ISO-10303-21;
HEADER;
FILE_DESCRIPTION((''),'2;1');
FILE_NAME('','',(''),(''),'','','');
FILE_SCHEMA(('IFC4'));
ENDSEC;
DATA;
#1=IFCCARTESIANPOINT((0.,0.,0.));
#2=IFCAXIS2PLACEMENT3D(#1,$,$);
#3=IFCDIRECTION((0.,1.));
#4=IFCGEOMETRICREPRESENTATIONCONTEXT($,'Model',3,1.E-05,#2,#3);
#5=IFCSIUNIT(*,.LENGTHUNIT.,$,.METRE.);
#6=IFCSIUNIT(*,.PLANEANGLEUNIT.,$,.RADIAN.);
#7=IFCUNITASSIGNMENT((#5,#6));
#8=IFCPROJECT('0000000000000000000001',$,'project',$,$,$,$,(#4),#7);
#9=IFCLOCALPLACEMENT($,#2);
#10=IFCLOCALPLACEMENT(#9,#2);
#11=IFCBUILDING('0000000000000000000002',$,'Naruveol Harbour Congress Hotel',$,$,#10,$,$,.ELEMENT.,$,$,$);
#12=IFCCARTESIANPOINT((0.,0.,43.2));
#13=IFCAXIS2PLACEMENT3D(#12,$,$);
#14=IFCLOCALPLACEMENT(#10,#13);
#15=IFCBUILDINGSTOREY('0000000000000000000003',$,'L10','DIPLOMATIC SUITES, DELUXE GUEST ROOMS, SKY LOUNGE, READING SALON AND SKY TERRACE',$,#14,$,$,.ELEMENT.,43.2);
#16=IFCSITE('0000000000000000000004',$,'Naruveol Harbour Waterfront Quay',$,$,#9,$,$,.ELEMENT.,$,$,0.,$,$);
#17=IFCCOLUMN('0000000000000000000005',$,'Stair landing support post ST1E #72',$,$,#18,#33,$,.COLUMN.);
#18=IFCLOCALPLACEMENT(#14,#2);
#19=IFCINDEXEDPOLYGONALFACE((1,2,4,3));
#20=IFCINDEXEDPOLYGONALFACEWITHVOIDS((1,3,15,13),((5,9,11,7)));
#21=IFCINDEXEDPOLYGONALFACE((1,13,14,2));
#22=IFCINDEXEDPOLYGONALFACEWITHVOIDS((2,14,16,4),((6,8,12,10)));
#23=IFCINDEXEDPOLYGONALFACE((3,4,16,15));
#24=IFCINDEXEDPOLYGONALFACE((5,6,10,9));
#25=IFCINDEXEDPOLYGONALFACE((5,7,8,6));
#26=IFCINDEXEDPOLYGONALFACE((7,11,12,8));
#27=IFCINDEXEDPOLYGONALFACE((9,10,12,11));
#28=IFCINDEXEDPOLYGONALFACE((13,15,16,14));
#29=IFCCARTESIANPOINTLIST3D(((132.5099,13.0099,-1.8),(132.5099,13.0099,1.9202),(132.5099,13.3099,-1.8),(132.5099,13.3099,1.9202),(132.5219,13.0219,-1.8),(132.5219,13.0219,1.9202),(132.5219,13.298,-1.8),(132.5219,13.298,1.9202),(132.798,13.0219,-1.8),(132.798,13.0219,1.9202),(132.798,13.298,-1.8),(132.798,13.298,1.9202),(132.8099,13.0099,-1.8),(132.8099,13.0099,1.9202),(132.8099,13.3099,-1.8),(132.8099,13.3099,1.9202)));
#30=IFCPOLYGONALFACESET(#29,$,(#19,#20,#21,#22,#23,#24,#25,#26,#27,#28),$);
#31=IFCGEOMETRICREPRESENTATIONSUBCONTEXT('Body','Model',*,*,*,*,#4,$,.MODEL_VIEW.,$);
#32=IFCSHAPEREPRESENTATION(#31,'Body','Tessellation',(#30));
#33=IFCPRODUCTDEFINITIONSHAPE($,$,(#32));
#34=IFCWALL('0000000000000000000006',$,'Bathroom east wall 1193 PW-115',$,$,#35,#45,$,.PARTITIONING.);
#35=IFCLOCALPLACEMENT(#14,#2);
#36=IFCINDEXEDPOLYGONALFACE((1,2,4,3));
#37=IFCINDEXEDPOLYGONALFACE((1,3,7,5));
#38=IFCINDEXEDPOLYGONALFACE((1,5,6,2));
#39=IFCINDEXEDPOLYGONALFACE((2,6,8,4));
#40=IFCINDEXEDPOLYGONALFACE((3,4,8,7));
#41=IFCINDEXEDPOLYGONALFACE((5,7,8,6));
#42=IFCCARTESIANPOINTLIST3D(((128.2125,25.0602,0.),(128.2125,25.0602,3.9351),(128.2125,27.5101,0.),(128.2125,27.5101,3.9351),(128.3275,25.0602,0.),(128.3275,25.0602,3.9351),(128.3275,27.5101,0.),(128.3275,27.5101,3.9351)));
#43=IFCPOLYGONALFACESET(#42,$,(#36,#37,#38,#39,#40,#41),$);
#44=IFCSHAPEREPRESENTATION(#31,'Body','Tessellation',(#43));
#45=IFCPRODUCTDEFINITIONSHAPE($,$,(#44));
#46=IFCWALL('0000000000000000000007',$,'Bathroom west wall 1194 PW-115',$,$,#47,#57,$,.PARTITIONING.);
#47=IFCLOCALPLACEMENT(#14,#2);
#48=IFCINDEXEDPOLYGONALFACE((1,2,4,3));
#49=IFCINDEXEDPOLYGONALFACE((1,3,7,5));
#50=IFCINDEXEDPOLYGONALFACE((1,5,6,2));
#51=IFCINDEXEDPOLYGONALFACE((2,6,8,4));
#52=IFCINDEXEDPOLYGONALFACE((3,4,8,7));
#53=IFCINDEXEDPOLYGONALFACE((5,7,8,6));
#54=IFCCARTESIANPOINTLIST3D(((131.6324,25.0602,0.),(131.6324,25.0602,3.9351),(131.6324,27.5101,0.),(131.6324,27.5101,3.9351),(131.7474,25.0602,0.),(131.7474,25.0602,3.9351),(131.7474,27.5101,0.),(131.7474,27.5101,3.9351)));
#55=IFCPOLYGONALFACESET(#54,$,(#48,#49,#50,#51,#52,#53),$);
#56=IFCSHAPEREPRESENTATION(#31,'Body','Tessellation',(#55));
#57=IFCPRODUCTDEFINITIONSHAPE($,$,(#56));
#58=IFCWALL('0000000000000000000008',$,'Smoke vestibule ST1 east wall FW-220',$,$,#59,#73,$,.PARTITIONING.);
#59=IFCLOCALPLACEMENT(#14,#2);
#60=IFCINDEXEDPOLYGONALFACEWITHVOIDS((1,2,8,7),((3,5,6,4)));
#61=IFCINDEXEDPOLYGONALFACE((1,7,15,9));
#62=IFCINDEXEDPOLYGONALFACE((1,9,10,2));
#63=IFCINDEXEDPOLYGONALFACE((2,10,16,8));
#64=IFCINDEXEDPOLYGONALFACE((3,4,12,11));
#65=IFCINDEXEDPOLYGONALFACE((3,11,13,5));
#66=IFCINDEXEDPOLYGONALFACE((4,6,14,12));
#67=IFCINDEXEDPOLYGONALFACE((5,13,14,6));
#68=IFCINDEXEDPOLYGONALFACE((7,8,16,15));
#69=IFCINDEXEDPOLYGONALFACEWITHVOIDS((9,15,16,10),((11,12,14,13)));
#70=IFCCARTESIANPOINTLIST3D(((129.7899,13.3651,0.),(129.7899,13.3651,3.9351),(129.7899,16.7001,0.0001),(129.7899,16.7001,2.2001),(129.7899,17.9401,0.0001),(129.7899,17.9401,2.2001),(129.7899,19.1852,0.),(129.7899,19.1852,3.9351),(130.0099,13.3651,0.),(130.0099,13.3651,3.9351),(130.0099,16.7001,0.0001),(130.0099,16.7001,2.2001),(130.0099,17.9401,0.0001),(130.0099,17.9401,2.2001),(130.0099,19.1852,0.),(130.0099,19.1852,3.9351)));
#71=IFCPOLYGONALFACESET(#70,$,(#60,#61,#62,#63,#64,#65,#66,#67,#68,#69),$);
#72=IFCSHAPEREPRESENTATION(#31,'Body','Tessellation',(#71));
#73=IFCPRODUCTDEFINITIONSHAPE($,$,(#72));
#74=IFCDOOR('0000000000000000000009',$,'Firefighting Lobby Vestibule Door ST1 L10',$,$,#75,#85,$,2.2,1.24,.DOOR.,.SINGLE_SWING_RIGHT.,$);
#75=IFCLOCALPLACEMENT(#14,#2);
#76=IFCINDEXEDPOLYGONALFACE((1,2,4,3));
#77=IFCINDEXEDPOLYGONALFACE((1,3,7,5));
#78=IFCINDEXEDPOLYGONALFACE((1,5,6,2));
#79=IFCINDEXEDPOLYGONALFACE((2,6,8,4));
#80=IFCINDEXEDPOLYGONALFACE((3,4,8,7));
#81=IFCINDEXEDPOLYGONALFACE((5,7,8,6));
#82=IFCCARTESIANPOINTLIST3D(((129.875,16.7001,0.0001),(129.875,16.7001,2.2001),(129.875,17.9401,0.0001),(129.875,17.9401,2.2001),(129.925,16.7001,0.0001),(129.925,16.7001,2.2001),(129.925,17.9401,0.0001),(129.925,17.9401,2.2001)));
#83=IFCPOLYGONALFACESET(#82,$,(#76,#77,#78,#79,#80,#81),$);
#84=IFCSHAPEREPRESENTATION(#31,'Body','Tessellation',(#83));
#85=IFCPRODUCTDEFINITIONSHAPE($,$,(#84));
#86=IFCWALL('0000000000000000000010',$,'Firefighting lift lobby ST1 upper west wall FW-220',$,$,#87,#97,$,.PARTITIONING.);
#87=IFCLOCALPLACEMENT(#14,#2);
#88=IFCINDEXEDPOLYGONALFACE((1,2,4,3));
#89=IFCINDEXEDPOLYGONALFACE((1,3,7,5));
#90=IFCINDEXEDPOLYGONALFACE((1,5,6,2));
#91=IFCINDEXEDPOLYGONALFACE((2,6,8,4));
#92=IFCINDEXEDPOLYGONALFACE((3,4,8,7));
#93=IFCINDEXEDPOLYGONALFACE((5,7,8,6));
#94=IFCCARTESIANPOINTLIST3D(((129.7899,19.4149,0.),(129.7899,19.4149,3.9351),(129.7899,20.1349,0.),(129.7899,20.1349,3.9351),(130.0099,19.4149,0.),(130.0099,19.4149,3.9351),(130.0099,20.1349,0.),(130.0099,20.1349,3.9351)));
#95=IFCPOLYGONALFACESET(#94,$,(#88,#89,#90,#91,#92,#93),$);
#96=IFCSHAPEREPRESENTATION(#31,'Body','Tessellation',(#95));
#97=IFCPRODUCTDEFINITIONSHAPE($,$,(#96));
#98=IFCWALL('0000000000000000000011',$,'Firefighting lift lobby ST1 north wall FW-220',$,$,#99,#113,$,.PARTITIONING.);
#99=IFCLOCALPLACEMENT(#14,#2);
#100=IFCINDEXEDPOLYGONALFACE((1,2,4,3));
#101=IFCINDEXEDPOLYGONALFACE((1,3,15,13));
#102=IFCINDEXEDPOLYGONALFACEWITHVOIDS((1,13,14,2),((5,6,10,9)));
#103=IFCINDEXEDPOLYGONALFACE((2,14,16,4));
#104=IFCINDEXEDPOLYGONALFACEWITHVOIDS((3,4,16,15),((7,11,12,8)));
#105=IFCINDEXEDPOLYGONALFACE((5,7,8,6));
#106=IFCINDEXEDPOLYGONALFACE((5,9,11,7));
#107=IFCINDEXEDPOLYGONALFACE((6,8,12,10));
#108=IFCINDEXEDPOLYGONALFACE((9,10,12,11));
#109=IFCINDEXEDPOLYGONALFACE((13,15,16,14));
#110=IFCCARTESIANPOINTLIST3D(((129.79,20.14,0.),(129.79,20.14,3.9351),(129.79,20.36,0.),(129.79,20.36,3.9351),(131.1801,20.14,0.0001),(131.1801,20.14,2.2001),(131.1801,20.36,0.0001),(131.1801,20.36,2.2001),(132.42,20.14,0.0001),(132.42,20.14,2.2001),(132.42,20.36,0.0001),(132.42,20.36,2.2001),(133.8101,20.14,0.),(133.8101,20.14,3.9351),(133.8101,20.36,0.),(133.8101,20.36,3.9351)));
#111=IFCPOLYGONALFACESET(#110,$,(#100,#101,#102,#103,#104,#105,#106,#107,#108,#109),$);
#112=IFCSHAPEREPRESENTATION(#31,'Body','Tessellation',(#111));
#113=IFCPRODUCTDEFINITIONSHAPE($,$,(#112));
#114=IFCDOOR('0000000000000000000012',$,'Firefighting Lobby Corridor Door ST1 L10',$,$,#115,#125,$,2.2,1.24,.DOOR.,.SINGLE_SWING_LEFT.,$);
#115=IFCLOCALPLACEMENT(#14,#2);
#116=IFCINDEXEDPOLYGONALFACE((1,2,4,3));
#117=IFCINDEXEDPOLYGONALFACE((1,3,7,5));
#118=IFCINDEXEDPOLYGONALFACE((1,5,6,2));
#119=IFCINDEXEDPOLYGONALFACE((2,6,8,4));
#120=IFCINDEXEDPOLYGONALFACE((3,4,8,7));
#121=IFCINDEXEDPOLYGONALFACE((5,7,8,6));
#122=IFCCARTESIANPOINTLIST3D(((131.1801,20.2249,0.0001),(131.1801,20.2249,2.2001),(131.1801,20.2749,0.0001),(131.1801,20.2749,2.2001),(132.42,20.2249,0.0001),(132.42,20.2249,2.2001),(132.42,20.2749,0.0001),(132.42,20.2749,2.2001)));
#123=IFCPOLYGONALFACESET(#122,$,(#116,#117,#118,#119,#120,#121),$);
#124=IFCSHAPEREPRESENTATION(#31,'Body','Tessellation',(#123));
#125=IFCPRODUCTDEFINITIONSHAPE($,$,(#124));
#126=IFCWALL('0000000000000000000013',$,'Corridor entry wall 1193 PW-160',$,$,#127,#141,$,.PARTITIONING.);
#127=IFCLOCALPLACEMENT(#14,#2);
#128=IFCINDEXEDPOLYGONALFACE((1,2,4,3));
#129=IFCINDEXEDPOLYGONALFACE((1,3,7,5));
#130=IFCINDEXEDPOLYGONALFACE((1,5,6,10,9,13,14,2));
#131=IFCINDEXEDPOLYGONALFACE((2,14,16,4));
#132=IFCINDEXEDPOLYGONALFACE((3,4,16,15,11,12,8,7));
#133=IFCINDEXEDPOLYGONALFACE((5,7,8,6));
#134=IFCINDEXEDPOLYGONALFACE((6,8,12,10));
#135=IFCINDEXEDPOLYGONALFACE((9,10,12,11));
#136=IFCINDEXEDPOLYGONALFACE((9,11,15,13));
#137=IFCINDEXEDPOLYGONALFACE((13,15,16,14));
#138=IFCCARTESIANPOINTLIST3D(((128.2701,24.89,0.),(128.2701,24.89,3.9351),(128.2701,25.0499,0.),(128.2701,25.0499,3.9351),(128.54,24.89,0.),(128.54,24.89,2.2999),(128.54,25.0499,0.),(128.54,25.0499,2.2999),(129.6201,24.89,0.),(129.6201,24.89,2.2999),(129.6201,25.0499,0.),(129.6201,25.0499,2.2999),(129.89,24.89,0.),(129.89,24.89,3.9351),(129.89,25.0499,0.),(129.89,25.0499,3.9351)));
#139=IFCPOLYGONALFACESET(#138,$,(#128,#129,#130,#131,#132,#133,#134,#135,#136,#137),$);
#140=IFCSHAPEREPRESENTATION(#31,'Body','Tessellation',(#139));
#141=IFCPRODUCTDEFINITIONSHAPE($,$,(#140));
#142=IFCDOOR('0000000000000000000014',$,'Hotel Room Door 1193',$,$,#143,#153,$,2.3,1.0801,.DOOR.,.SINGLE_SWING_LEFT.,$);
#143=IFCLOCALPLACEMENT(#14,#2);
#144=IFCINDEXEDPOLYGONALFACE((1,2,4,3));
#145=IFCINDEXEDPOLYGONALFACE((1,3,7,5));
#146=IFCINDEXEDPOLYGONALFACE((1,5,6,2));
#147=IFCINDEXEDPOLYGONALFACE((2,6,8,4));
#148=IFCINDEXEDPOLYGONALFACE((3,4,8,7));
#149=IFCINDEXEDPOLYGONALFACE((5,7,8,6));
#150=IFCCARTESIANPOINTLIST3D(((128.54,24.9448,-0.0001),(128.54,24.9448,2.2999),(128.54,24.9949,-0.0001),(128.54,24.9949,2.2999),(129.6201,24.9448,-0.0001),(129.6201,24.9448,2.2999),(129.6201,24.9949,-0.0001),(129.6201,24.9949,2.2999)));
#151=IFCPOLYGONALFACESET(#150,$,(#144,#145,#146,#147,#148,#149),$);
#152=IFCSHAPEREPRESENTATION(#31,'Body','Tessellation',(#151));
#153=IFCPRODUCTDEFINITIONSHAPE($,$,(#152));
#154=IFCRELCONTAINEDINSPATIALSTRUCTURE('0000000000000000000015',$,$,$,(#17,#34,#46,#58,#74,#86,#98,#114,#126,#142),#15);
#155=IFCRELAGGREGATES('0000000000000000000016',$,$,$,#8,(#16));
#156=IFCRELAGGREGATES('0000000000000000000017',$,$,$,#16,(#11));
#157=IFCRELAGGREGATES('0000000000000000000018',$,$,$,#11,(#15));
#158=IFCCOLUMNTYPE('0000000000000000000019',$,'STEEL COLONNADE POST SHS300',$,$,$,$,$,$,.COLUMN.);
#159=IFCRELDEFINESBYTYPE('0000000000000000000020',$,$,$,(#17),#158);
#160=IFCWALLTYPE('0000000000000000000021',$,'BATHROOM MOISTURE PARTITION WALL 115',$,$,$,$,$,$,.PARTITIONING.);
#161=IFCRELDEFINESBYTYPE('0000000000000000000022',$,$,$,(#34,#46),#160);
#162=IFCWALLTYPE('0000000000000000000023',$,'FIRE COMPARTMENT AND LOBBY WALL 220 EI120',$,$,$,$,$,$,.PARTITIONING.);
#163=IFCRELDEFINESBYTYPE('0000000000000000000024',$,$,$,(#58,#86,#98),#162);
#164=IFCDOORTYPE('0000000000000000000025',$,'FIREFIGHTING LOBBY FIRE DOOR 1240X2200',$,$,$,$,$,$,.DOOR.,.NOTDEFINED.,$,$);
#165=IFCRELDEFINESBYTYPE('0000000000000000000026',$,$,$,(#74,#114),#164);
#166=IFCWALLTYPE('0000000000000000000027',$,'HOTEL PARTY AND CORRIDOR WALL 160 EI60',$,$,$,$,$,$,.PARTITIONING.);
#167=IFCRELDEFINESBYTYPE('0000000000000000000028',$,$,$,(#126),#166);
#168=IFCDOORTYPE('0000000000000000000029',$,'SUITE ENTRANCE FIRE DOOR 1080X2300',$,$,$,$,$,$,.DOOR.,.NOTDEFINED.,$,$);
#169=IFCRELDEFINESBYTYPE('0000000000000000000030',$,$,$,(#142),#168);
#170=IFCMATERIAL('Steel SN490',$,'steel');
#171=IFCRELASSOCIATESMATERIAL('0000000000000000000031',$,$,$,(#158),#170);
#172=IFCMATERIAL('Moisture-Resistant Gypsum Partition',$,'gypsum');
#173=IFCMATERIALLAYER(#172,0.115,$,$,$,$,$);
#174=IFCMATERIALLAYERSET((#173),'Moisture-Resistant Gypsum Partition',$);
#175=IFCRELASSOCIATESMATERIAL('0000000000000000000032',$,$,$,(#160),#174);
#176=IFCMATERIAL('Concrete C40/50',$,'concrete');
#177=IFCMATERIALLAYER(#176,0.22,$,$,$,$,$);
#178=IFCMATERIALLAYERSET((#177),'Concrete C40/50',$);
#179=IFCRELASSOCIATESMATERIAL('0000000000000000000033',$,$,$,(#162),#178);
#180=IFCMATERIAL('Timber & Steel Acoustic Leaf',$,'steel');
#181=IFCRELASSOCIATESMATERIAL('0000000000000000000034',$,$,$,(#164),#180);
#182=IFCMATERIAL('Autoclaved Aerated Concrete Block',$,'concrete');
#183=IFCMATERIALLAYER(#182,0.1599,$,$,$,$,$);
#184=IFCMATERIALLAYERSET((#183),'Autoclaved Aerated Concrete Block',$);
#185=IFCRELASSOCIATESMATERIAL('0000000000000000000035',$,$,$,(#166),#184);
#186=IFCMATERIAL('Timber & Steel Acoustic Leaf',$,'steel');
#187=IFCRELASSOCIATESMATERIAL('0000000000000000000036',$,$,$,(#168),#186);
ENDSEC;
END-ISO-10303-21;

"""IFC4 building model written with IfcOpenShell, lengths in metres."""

from ifc_helpers import new_model, si_unit, direction, frame, frame_2d, origin, origin_2d, place, context, subcontext, project, spatial, rectangle, hollow_rectangle, extrude, material, layer, layer_set, material_profile, profile_set, type_object, element, fill, save


model = new_model("IFC4")

# Units and contexts
model_context = context("Model", 3, precision=1e-05, world=origin(), true_north=direction((0.0, 1.0)))
body_context = subcontext(model_context, "Body", "Model", "MODEL_VIEW")
ifc_project = project(units=[si_unit("LENGTHUNIT", "METRE"), si_unit("PLANEANGLEUNIT", "RADIAN")], contexts=[model_context])

# Site, building, storey
site_placement = place(None, origin())
site = spatial("IfcSite", under=ifc_project, at=site_placement, Name="Naruveol Harbour Waterfront Quay", CompositionType="ELEMENT", RefElevation=0.0)
building_placement = place(site_placement, origin())
building = spatial("IfcBuilding", under=site, at=building_placement, Name="Naruveol Harbour Congress Hotel", CompositionType="ELEMENT")
storey_placement = place(building_placement, frame((0.0, 0.0, 43.2)))
storey = spatial("IfcBuildingStorey", under=building, at=storey_placement, Name="L10", Description="DIPLOMATIC SUITES, DELUXE GUEST ROOMS, SKY LOUNGE, READING SALON AND SKY TERRACE", CompositionType="ELEMENT", Elevation=43.2)

# Column
ifc_material_1 = material(Name="Steel SN490", Category="steel")
ifc_material_profile = material_profile(ifc_material_1, hollow_rectangle(XDim=0.3, YDim=0.3, WallThickness=0.012, at=origin_2d()), Name="SHS-300x300x12")
ifc_profile_set = profile_set([ifc_material_profile], Name="Steel SN490")
column_type = type_object("IfcColumnType", Name="STEEL COLONNADE POST SHS300", PredefinedType="COLUMN", material=ifc_profile_set)
column_placement = place(storey_placement, frame((132.6599, 13.1599, -1.8), z_axis=(0.0, 0.0, 1.0), x_axis=(1.0, 0.0, 0.0)))
element("IfcColumn", 1, at=column_placement, inside=storey, type_object=column_type, Name="Stair landing support post ST1E #72", PredefinedType="COLUMN", context=body_context, shape_type="SweptSolid", body=[
    extrude(hollow_rectangle(XDim=0.3, YDim=0.3, WallThickness=0.012, at=origin_2d()), origin(), (0.0, 0.0, 1.0), 3.7202),
])

# Walls
ifc_material_2 = material(Name="Moisture-Resistant Gypsum Partition", Category="gypsum")
ifc_layer_1 = layer(ifc_material_2, 0.115)
ifc_layer_set_1 = layer_set([ifc_layer_1], Name="Moisture-Resistant Gypsum Partition")
wall_type_1 = type_object("IfcWallType", Name="BATHROOM MOISTURE PARTITION WALL 115", PredefinedType="PARTITIONING", material=ifc_layer_set_1)
for number, where, z_axis, x_axis, name in (
    (2, (128.27, 25.0601, 0.0), (0.0, 0.0, 1.0), (0.0, 1.0, 0.0), "Bathroom east wall 1193 PW-115"),
    (3, (131.6899, 25.0601, 0.0), (0.0, 0.0, 1.0), (0.0, 1.0, 0.0), "Bathroom west wall 1194 PW-115"),
):
    element("IfcWall", number, at=place(storey_placement, frame(where, z_axis=z_axis, x_axis=x_axis)), inside=storey, type_object=wall_type_1, Name=name, PredefinedType="PARTITIONING", context=body_context, shape_type="SweptSolid", body=[
        extrude(rectangle(XDim=2.45, YDim=0.115, at=frame_2d((1.2251, 0.0))), origin(), (0.0, 0.0, 1.0), 3.9351),
    ])

# Wall, opening, door
ifc_material_3 = material(Name="Concrete C40/50", Category="concrete")
ifc_layer_2 = layer(ifc_material_3, 0.22)
ifc_layer_set_2 = layer_set([ifc_layer_2], Name="Concrete C40/50")
wall_type_2 = type_object("IfcWallType", Name="FIRE COMPARTMENT AND LOBBY WALL 220 EI120", PredefinedType="PARTITIONING", material=ifc_layer_set_2)
wall_1_placement = place(storey_placement, frame((129.8999, 13.365, 0.0), z_axis=(0.0, 0.0, 1.0), x_axis=(0.0, 1.0, 0.0)))
wall_1 = element("IfcWall", 4, at=wall_1_placement, inside=storey, type_object=wall_type_2, Name="Smoke vestibule ST1 east wall FW-220", PredefinedType="PARTITIONING", context=body_context, shape_type="SweptSolid", body=[
    extrude(rectangle(XDim=5.8201, YDim=0.22, at=frame_2d((2.9102, 0.0))), origin(), (0.0, 0.0, 1.0), 3.9351),
])
opening_1_placement = place(wall_1_placement, frame((3.335, 0.0, 0.0)))
opening_1 = element("IfcOpeningElement", 5, at=opening_1_placement, cuts=wall_1, PredefinedType="OPENING", context=body_context, shape_type="SweptSolid", body=[
    extrude(rectangle(XDim=1.24, YDim=2.2, at=frame_2d((0.6201, 1.1001))), frame((0.0, 0.1199, 0.0), z_axis=(0.0, -1.0, 0.0), x_axis=(1.0, 0.0, 0.0)), (0.0, 0.0, 1.0), 0.24),
])
ifc_material_4 = material(Name="Timber & Steel Acoustic Leaf", Category="steel")
door_type_1 = type_object("IfcDoorType", Name="FIREFIGHTING LOBBY FIRE DOOR 1240X2200", OperationType="NOTDEFINED", PredefinedType="DOOR", material=ifc_material_4)
door_1_placement = place(opening_1_placement, origin())
door_1 = element("IfcDoor", 6, at=door_1_placement, inside=storey, type_object=door_type_1, Name="Firefighting Lobby Vestibule Door ST1 L10", OperationType="SINGLE_SWING_RIGHT", OverallHeight=2.2, OverallWidth=1.24, PredefinedType="DOOR", context=body_context, shape_type="SweptSolid", body=[
    extrude(rectangle(XDim=1.24, YDim=2.2, at=frame_2d((0.6201, 1.1001))), frame((0.0, 0.0249, 0.0), z_axis=(0.0, -1.0, 0.0), x_axis=(1.0, 0.0, 0.0)), (0.0, 0.0, 1.0), 0.05),
])
fill(opening_1, door_1)

# Wall
wall_2_placement = place(storey_placement, frame((129.8999, 19.415, 0.0), z_axis=(0.0, 0.0, 1.0), x_axis=(0.0, 1.0, 0.0)))
element("IfcWall", 7, at=wall_2_placement, inside=storey, type_object=wall_type_2, Name="Firefighting lift lobby ST1 upper west wall FW-220", PredefinedType="PARTITIONING", context=body_context, shape_type="SweptSolid", body=[
    extrude(rectangle(XDim=0.72, YDim=0.22, at=frame_2d((0.3599, 0.0))), origin(), (0.0, 0.0, 1.0), 3.9351),
])

# Walls, openings, doors
wall_3_placement = place(storey_placement, frame((129.79, 20.25, 0.0), z_axis=(0.0, 0.0, 1.0), x_axis=(1.0, 0.0, 0.0)))
wall_3 = element("IfcWall", 8, at=wall_3_placement, inside=storey, type_object=wall_type_2, Name="Firefighting lift lobby ST1 north wall FW-220", PredefinedType="PARTITIONING", context=body_context, shape_type="SweptSolid", body=[
    extrude(rectangle(XDim=4.02, YDim=0.22, at=frame_2d((2.01, 0.0))), origin(), (0.0, 0.0, 1.0), 3.9351),
])
opening_2_placement = place(wall_3_placement, frame((1.3899, 0.0, 0.0)))
opening_2 = element("IfcOpeningElement", 9, at=opening_2_placement, cuts=wall_3, PredefinedType="OPENING", context=body_context, shape_type="SweptSolid", body=[
    extrude(rectangle(XDim=1.24, YDim=2.2, at=frame_2d((0.6201, 1.1001))), frame((0.0, 0.1199, 0.0), z_axis=(0.0, -1.0, 0.0), x_axis=(1.0, 0.0, 0.0)), (0.0, 0.0, 1.0), 0.24),
])
door_2_placement = place(opening_2_placement, origin())
door_2 = element("IfcDoor", 10, at=door_2_placement, inside=storey, type_object=door_type_1, Name="Firefighting Lobby Corridor Door ST1 L10", OperationType="SINGLE_SWING_LEFT", OverallHeight=2.2, OverallWidth=1.24, PredefinedType="DOOR", context=body_context, shape_type="SweptSolid", body=[
    extrude(rectangle(XDim=1.24, YDim=2.2, at=frame_2d((0.6201, 1.1001))), frame((0.0, 0.0249, 0.0), z_axis=(0.0, -1.0, 0.0), x_axis=(1.0, 0.0, 0.0)), (0.0, 0.0, 1.0), 0.05),
])
fill(opening_2, door_2)
ifc_material_5 = material(Name="Autoclaved Aerated Concrete Block", Category="concrete")
ifc_layer_3 = layer(ifc_material_5, 0.1599)
ifc_layer_set_3 = layer_set([ifc_layer_3], Name="Autoclaved Aerated Concrete Block")
wall_type_3 = type_object("IfcWallType", Name="HOTEL PARTY AND CORRIDOR WALL 160 EI60", PredefinedType="PARTITIONING", material=ifc_layer_set_3)
wall_4_placement = place(storey_placement, frame((128.27, 24.97, 0.0), z_axis=(0.0, 0.0, 1.0), x_axis=(1.0, 0.0, 0.0)))
wall_4 = element("IfcWall", 11, at=wall_4_placement, inside=storey, type_object=wall_type_3, Name="Corridor entry wall 1193 PW-160", PredefinedType="PARTITIONING", context=body_context, shape_type="SweptSolid", body=[
    extrude(rectangle(XDim=1.6199, YDim=0.1599, at=frame_2d((0.8101, 0.0))), origin(), (0.0, 0.0, 1.0), 3.9351),
])
opening_3_placement = place(wall_4_placement, frame((0.27, 0.0, 0.0)))
opening_3 = element("IfcOpeningElement", 12, at=opening_3_placement, cuts=wall_4, PredefinedType="OPENING", context=body_context, shape_type="SweptSolid", body=[
    extrude(rectangle(XDim=1.0801, YDim=2.3, at=frame_2d((0.54, 1.1499))), frame((0.0, 0.0898, 0.0), z_axis=(0.0, -1.0, 0.0), x_axis=(1.0, 0.0, 0.0)), (0.0, 0.0, 1.0), 0.1799),
])
ifc_material_6 = material(Name="Timber & Steel Acoustic Leaf", Category="steel")
door_type_2 = type_object("IfcDoorType", Name="SUITE ENTRANCE FIRE DOOR 1080X2300", OperationType="NOTDEFINED", PredefinedType="DOOR", material=ifc_material_6)
door_3_placement = place(opening_3_placement, origin())
door_3 = element("IfcDoor", 13, at=door_3_placement, inside=storey, type_object=door_type_2, Name="Hotel Room Door 1193", OperationType="SINGLE_SWING_LEFT", OverallHeight=2.3, OverallWidth=1.0801, PredefinedType="DOOR", context=body_context, shape_type="SweptSolid", body=[
    extrude(rectangle(XDim=1.0801, YDim=2.3, at=frame_2d((0.54, 1.1499))), frame((0.0, 0.0249, 0.0), z_axis=(0.0, -1.0, 0.0), x_axis=(1.0, 0.0, 0.0)), (0.0, 0.0, 1.0), 0.05),
])
fill(opening_3, door_3)

save(model, "model.ifc")
